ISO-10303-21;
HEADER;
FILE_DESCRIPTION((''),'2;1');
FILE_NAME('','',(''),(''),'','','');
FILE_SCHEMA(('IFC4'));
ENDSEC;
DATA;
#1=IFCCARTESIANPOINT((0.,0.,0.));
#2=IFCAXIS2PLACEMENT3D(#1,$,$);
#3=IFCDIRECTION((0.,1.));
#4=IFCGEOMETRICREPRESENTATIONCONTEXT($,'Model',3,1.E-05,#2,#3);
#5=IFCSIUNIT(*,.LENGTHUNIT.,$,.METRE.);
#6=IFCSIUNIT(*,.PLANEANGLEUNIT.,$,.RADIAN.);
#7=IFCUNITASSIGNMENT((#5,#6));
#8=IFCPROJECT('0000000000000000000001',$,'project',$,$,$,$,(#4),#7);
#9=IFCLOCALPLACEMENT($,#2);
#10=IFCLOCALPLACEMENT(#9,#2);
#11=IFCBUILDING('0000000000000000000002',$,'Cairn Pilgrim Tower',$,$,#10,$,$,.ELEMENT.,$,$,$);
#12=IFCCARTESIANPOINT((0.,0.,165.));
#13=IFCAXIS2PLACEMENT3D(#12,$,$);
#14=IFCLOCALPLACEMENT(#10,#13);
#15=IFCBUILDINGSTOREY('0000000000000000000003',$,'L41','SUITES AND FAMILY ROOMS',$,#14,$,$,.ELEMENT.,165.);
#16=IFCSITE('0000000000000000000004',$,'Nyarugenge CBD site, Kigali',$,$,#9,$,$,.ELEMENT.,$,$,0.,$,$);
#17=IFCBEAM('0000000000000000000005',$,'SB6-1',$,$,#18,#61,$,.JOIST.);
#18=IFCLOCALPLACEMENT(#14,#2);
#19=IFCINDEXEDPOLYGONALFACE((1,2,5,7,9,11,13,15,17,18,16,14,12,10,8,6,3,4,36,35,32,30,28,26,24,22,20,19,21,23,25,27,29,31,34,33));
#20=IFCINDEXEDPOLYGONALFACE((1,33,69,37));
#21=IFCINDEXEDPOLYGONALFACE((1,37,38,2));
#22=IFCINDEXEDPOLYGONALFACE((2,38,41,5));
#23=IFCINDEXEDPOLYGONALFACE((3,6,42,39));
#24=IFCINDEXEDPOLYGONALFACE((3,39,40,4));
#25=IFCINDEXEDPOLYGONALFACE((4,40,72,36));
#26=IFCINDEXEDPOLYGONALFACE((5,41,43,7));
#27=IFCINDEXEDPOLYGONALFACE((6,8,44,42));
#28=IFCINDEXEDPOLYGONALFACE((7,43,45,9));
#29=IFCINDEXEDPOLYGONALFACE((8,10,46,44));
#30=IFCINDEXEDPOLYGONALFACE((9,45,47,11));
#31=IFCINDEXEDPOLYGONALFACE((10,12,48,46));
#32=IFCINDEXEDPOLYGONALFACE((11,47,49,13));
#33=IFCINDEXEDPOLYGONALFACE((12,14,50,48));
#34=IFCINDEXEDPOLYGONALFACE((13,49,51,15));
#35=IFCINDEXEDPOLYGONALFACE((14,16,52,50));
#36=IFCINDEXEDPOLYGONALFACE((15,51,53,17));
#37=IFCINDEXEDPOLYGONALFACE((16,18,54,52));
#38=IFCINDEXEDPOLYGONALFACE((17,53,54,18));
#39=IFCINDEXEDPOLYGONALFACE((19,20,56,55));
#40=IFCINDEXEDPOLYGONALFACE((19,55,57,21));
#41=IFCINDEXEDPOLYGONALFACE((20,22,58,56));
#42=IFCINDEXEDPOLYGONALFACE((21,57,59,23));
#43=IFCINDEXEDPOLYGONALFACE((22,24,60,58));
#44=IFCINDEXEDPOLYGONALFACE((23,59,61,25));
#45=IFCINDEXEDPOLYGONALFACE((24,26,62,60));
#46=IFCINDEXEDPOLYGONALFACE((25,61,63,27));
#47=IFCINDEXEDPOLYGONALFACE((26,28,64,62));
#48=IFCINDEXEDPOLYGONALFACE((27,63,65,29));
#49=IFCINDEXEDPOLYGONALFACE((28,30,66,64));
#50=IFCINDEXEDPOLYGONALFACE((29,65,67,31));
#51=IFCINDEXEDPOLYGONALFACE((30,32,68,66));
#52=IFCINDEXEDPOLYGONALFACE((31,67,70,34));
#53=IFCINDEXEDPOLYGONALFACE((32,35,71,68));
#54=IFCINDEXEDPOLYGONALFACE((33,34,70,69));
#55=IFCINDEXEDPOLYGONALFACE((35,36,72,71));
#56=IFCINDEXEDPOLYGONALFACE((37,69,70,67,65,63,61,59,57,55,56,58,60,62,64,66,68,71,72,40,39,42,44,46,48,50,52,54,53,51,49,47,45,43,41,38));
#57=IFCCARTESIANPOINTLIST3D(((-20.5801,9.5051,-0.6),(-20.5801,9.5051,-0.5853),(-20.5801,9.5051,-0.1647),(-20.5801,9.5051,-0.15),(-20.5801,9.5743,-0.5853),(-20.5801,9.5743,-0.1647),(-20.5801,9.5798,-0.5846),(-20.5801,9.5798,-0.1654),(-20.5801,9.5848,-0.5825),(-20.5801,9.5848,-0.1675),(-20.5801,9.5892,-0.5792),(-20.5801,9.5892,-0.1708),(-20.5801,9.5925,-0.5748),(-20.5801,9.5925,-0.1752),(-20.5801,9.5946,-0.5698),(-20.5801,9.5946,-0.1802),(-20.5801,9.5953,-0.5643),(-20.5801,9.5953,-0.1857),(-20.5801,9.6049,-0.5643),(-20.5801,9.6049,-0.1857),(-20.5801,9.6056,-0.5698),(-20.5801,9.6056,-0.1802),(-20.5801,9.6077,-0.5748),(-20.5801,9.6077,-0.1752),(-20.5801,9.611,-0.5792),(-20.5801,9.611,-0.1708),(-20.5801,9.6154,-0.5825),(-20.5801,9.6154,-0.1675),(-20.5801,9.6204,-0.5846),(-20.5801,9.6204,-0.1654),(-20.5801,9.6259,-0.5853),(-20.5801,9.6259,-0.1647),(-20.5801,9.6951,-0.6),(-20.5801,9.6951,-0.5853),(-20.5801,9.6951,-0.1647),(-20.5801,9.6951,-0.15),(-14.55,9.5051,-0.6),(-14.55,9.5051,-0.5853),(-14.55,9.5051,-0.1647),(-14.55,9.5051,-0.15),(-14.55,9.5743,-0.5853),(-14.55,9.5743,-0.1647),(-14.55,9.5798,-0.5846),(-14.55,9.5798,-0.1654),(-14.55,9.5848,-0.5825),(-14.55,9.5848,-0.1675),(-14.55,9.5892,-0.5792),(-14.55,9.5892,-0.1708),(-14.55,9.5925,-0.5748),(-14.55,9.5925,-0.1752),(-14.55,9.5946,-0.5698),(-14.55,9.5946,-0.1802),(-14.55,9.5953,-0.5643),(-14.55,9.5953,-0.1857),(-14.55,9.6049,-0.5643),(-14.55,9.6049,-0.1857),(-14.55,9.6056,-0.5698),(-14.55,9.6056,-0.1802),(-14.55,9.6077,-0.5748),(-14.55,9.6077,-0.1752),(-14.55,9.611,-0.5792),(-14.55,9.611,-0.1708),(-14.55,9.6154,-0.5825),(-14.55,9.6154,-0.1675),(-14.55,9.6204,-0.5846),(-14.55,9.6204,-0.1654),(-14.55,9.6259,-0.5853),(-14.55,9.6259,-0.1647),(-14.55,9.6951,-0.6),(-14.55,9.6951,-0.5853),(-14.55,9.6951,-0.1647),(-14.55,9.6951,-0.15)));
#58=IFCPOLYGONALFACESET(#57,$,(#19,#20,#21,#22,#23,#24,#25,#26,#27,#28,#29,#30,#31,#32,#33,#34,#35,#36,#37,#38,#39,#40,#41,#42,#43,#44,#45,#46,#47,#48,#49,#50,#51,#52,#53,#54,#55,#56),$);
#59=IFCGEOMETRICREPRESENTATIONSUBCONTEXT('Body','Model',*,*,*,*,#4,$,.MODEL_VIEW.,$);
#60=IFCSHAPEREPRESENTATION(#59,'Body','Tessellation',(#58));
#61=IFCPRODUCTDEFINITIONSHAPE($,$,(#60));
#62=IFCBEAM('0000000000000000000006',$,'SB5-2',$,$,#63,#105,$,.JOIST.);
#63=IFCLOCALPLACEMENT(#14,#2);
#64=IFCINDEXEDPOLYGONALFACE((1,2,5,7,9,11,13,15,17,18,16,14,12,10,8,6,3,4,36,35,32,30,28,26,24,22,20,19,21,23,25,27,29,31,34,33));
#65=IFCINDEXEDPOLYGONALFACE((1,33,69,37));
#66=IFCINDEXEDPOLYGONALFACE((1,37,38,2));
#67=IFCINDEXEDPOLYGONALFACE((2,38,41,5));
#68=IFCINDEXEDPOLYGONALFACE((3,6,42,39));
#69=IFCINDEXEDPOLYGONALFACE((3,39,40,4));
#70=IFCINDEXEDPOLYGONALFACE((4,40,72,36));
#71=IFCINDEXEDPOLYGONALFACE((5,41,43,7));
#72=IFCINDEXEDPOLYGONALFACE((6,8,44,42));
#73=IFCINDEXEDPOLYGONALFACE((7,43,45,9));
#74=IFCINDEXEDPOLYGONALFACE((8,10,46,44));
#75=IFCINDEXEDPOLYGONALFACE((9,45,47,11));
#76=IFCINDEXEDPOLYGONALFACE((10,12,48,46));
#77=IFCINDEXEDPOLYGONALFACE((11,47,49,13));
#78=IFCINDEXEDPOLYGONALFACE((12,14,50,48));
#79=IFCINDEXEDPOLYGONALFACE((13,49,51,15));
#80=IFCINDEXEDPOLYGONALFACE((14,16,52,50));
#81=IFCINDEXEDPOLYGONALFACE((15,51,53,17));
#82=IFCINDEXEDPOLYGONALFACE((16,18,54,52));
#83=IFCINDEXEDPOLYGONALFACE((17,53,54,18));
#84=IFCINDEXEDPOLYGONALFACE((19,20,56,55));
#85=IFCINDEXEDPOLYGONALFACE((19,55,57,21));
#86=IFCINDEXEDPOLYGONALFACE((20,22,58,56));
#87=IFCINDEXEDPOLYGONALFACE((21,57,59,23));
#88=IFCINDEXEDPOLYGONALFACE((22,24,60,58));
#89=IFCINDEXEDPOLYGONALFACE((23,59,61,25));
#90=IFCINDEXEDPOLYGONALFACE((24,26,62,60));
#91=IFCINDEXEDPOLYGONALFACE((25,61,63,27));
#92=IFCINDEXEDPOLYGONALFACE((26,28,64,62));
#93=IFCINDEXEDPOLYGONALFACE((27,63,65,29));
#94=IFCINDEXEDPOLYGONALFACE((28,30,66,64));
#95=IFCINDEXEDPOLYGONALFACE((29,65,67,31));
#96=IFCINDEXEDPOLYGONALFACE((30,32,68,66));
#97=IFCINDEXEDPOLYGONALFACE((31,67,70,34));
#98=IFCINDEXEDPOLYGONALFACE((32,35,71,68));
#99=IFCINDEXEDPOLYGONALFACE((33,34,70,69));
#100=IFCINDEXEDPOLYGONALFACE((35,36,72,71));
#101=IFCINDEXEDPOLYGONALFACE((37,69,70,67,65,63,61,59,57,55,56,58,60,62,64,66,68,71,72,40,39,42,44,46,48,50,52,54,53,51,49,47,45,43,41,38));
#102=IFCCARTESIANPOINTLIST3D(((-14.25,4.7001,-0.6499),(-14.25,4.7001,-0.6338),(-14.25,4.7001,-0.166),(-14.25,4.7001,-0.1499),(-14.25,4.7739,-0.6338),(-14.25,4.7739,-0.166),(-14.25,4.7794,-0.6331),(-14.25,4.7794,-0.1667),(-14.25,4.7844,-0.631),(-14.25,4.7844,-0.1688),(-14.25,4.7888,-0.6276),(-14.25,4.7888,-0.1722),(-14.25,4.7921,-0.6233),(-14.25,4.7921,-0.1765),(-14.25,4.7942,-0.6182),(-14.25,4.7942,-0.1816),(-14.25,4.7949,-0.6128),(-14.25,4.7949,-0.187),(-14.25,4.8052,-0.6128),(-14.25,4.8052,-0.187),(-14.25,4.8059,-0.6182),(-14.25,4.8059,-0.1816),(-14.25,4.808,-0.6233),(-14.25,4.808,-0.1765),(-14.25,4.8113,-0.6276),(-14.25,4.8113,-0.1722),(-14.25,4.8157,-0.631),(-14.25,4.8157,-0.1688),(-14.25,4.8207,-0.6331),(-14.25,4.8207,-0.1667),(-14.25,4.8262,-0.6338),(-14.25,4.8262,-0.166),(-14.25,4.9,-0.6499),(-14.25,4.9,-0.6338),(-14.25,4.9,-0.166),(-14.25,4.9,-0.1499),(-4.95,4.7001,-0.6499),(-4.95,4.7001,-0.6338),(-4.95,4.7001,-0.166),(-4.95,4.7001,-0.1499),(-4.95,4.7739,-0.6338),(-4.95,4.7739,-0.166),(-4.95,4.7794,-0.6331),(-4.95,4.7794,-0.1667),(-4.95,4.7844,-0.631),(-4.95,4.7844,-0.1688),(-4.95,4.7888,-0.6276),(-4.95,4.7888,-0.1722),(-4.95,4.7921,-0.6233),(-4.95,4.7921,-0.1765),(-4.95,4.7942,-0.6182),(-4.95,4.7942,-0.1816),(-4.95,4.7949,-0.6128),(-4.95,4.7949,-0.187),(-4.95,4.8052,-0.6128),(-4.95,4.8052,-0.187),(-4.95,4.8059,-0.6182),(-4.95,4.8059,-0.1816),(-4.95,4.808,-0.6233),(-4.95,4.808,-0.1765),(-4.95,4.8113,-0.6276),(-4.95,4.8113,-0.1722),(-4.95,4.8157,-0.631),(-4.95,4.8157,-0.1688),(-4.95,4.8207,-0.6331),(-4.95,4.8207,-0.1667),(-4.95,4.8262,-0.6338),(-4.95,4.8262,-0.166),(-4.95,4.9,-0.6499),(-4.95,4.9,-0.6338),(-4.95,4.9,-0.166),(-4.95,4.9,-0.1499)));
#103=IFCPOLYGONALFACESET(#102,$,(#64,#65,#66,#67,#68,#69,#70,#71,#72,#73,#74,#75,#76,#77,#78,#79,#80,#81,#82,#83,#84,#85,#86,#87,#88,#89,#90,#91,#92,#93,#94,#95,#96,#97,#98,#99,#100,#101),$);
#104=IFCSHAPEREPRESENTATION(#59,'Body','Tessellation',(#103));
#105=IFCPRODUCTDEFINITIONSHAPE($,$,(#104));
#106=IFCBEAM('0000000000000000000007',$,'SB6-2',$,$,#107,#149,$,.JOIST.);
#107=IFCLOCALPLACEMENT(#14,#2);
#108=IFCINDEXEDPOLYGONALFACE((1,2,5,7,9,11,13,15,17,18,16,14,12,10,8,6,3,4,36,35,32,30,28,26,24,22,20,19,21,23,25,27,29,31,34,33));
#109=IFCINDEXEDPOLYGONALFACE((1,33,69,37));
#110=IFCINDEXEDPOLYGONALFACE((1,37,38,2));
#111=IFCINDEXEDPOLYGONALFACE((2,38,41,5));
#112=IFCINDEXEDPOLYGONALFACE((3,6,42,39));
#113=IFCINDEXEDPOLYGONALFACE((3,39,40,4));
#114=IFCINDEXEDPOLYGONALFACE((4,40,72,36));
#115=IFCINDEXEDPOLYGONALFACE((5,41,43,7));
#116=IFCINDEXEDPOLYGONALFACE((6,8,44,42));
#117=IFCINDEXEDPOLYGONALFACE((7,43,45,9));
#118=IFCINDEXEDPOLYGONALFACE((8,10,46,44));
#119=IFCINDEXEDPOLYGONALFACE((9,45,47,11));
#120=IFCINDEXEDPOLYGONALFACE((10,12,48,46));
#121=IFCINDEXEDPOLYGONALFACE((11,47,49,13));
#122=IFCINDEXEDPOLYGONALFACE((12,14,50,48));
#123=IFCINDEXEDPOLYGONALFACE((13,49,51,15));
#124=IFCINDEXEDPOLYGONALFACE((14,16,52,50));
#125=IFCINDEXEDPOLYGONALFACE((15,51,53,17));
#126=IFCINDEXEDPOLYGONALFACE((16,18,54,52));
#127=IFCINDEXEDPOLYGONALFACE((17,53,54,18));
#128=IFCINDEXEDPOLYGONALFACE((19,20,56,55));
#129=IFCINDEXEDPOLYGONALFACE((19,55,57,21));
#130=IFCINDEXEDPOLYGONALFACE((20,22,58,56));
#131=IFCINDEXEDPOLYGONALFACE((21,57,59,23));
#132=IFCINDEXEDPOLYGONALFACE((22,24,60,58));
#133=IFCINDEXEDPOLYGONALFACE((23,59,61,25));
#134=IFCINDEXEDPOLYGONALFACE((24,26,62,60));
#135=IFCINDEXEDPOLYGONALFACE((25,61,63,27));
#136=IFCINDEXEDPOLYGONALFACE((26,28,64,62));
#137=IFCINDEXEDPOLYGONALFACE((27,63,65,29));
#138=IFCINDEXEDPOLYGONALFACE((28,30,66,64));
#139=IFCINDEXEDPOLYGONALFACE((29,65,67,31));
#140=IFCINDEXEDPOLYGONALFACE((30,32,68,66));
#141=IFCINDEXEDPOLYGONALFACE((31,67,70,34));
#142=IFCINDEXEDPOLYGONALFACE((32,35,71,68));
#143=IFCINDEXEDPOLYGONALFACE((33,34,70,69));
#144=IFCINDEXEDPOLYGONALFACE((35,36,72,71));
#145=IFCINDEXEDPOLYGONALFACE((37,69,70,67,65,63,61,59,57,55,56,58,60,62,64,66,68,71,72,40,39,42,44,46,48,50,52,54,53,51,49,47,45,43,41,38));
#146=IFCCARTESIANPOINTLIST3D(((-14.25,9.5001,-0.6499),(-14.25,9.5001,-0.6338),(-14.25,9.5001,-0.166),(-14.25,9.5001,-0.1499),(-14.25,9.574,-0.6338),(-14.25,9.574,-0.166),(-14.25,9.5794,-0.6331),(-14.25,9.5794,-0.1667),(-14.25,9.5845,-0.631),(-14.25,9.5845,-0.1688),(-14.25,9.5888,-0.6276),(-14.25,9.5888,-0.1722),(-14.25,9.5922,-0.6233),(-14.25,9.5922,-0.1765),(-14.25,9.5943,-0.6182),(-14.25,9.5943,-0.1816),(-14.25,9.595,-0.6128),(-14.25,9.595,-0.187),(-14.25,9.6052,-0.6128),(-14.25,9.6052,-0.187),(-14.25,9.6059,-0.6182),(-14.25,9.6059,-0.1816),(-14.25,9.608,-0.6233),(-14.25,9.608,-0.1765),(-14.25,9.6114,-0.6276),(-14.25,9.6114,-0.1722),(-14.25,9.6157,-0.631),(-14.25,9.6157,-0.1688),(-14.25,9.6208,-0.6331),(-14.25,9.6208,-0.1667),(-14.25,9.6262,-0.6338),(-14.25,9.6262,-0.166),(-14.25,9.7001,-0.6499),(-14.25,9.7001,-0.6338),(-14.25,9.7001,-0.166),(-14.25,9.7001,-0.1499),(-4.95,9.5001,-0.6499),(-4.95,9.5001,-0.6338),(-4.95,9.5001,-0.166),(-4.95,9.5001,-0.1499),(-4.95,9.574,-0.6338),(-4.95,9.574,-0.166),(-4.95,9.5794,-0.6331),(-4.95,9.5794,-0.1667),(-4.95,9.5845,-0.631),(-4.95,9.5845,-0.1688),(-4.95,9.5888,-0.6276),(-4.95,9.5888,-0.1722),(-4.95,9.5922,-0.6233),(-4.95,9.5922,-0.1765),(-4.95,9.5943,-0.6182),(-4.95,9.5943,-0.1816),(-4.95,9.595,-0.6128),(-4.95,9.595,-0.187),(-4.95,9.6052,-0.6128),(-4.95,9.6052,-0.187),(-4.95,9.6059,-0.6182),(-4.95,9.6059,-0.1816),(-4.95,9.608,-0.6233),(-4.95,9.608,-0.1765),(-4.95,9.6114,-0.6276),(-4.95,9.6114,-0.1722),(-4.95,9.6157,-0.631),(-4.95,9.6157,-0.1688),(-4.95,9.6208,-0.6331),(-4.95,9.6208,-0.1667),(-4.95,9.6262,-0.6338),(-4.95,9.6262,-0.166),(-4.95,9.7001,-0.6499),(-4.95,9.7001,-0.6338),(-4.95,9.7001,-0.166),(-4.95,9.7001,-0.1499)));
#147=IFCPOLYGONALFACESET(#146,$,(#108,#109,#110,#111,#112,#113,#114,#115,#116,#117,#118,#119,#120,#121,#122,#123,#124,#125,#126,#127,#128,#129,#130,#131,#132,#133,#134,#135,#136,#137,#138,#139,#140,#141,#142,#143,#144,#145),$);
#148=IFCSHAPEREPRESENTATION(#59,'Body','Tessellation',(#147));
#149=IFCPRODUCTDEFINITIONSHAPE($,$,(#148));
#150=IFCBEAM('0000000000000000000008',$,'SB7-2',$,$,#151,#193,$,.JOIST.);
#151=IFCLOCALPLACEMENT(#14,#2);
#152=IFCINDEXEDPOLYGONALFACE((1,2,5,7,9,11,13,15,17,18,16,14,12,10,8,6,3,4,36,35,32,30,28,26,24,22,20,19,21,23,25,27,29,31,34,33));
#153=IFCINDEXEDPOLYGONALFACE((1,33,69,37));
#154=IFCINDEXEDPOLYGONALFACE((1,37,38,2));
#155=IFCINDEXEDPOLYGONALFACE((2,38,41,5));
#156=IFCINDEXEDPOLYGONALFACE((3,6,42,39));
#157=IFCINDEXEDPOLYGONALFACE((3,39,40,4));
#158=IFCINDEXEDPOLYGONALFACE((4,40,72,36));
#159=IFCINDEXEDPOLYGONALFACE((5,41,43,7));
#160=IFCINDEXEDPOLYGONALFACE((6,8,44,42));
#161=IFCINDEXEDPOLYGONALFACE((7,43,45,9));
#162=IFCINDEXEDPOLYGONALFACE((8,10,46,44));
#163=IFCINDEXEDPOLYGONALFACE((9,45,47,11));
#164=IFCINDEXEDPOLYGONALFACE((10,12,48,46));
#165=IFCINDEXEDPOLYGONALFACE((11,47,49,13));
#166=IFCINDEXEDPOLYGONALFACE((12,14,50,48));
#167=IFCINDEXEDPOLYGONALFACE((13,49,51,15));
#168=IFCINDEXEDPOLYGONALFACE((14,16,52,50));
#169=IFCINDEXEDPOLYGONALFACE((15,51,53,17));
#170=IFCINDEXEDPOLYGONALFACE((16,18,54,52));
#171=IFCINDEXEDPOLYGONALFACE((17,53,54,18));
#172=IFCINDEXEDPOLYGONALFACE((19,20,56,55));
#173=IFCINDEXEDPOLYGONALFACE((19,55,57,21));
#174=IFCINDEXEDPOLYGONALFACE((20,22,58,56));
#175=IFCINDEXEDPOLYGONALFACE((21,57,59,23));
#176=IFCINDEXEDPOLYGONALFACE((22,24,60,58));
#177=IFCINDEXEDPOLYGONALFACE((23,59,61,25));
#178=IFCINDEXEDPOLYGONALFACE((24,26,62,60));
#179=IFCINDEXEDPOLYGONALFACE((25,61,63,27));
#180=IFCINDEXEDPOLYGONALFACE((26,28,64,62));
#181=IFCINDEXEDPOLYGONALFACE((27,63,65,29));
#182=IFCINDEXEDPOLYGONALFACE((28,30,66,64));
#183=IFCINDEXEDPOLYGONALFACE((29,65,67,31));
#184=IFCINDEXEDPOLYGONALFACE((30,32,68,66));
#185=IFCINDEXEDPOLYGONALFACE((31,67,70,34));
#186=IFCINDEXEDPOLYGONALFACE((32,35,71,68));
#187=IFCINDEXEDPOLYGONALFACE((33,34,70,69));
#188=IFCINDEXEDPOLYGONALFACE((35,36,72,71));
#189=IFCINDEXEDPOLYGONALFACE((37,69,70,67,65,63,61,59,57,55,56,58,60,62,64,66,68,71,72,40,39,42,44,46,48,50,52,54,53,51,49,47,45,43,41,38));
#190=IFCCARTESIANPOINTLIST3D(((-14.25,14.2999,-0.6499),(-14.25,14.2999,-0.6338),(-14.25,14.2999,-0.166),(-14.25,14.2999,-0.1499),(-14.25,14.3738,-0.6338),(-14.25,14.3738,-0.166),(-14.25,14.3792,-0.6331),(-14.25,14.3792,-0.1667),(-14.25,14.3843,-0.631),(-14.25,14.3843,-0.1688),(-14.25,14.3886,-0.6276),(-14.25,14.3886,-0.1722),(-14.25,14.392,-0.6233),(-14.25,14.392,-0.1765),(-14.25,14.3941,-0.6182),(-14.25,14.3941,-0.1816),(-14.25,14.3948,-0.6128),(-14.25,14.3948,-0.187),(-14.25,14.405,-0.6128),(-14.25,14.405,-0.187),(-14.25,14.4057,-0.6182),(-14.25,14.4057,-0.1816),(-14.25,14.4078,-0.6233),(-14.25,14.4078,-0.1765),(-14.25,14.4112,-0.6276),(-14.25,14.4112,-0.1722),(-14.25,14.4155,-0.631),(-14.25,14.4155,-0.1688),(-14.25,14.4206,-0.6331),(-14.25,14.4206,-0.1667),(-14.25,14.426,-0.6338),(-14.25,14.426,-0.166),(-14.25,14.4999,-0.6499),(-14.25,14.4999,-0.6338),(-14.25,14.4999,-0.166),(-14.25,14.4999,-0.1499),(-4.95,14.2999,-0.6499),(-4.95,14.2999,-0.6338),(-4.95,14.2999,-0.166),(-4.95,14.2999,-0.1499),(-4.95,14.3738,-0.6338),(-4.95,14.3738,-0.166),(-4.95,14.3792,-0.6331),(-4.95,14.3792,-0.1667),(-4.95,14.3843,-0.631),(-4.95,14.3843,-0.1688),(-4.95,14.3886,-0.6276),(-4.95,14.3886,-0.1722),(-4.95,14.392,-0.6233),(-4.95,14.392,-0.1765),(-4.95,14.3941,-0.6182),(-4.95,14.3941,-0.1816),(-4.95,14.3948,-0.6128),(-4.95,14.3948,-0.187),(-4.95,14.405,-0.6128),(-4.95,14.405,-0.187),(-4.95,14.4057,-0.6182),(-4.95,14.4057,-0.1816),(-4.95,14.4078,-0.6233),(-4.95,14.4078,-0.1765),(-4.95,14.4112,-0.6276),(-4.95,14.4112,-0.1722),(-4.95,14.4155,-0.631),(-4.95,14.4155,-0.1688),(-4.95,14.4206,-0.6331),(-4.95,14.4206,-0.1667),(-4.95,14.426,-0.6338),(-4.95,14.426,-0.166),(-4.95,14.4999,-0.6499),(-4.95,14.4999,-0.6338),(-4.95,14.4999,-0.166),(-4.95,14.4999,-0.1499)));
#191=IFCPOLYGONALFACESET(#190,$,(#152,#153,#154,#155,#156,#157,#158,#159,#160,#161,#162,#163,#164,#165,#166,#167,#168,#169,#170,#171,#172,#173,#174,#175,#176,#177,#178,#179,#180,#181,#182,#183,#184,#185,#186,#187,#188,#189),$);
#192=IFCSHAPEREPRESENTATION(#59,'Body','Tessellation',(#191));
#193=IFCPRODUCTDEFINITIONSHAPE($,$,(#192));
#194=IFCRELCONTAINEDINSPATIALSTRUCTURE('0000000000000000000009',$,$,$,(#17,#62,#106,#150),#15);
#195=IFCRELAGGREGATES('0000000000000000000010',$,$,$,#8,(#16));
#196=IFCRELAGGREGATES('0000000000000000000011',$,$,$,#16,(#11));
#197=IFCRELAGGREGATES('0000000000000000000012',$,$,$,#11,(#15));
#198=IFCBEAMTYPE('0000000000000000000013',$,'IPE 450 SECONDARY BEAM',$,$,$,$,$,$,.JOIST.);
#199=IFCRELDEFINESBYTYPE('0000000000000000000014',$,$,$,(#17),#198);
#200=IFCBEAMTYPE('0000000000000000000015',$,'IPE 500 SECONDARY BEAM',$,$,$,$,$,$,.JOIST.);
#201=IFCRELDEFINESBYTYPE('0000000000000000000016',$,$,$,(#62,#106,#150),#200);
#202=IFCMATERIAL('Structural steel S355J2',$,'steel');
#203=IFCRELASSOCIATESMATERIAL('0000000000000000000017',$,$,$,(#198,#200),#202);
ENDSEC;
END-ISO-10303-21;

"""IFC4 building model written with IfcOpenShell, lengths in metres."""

from ifc_helpers import new_model, si_unit, direction, frame, origin, origin_2d, place, context, subcontext, project, spatial, i_section, extrude, material, material_profile, profile_set, type_object, element, save


model = new_model("IFC4")

# Units and contexts
model_context = context("Model", 3, precision=1e-05, world=origin(), true_north=direction((0.0, 1.0)))
body_context = subcontext(model_context, "Body", "Model", "MODEL_VIEW")
ifc_project = project(units=[si_unit("LENGTHUNIT", "METRE"), si_unit("PLANEANGLEUNIT", "RADIAN")], contexts=[model_context])

# Site, building, storey
site_placement = place(None, origin())
site = spatial("IfcSite", under=ifc_project, at=site_placement, Name="Nyarugenge CBD site, Kigali", CompositionType="ELEMENT", RefElevation=0.0)
building_placement = place(site_placement, origin())
building = spatial("IfcBuilding", under=site, at=building_placement, Name="Cairn Pilgrim Tower", CompositionType="ELEMENT")
storey_placement = place(building_placement, frame((0.0, 0.0, 165.0)))
storey = spatial("IfcBuildingStorey", under=building, at=storey_placement, Name="L41", Description="SUITES AND FAMILY ROOMS", CompositionType="ELEMENT", Elevation=165.0)

# Shared definitions
ifc_material_1 = material(Name="Structural steel S355J2", Category="steel")

# Beams
ifc_material_profile_1 = material_profile(ifc_material_1, i_section(OverallWidth=0.1899, OverallDepth=0.45, WebThickness=0.0095, FlangeThickness=0.0146, FilletRadius=0.021, at=origin_2d()), Name="IPE 450")
ifc_profile_set_1 = profile_set([ifc_material_profile_1], Name="Structural steel S355J2")
beam_type_1 = type_object("IfcBeamType", Name="IPE 450 SECONDARY BEAM", PredefinedType="JOIST", material=ifc_profile_set_1)
for number, where, z_axis, x_axis, name in (
    (1, (-20.5801, 9.6001, -0.375), (1.0, 0.0, 0.0), (0.0, 1.0, 0.0), "SB6-1"),
):
    element("IfcBeam", number, at=place(storey_placement, frame(where, z_axis=z_axis, x_axis=x_axis)), inside=storey, type_object=beam_type_1, Name=name, PredefinedType="JOIST", context=body_context, shape_type="SweptSolid", body=[
        extrude(i_section(OverallWidth=0.1899, OverallDepth=0.45, WebThickness=0.0095, FlangeThickness=0.0146, FilletRadius=0.021, at=origin_2d()), origin(), (0.0, 0.0, 1.0), 6.03),
    ])
ifc_material_profile_2 = material_profile(ifc_material_1, i_section(OverallWidth=0.2, OverallDepth=0.5, WebThickness=0.0103, FlangeThickness=0.0161, FilletRadius=0.021, at=origin_2d()), Name="IPE 500")
ifc_profile_set_2 = profile_set([ifc_material_profile_2], Name="Structural steel S355J2")
beam_type_2 = type_object("IfcBeamType", Name="IPE 500 SECONDARY BEAM", PredefinedType="JOIST", material=ifc_profile_set_2)
for number, where, z_axis, x_axis, name in (
    (2, (-14.25, 4.8, -0.3999), (1.0, 0.0, 0.0), (0.0, 1.0, 0.0), "SB5-2"),
    (3, (-14.25, 9.6001, -0.3999), (1.0, 0.0, 0.0), (0.0, 1.0, 0.0), "SB6-2"),
    (4, (-14.25, 14.3999, -0.3999), (1.0, 0.0, 0.0), (0.0, 1.0, 0.0), "SB7-2"),
):
    element("IfcBeam", number, at=place(storey_placement, frame(where, z_axis=z_axis, x_axis=x_axis)), inside=storey, type_object=beam_type_2, Name=name, PredefinedType="JOIST", context=body_context, shape_type="SweptSolid", body=[
        extrude(i_section(OverallWidth=0.2, OverallDepth=0.5, WebThickness=0.0103, FlangeThickness=0.0161, FilletRadius=0.021, at=origin_2d()), origin(), (0.0, 0.0, 1.0), 9.3),
    ])

save(model, "model.ifc")
